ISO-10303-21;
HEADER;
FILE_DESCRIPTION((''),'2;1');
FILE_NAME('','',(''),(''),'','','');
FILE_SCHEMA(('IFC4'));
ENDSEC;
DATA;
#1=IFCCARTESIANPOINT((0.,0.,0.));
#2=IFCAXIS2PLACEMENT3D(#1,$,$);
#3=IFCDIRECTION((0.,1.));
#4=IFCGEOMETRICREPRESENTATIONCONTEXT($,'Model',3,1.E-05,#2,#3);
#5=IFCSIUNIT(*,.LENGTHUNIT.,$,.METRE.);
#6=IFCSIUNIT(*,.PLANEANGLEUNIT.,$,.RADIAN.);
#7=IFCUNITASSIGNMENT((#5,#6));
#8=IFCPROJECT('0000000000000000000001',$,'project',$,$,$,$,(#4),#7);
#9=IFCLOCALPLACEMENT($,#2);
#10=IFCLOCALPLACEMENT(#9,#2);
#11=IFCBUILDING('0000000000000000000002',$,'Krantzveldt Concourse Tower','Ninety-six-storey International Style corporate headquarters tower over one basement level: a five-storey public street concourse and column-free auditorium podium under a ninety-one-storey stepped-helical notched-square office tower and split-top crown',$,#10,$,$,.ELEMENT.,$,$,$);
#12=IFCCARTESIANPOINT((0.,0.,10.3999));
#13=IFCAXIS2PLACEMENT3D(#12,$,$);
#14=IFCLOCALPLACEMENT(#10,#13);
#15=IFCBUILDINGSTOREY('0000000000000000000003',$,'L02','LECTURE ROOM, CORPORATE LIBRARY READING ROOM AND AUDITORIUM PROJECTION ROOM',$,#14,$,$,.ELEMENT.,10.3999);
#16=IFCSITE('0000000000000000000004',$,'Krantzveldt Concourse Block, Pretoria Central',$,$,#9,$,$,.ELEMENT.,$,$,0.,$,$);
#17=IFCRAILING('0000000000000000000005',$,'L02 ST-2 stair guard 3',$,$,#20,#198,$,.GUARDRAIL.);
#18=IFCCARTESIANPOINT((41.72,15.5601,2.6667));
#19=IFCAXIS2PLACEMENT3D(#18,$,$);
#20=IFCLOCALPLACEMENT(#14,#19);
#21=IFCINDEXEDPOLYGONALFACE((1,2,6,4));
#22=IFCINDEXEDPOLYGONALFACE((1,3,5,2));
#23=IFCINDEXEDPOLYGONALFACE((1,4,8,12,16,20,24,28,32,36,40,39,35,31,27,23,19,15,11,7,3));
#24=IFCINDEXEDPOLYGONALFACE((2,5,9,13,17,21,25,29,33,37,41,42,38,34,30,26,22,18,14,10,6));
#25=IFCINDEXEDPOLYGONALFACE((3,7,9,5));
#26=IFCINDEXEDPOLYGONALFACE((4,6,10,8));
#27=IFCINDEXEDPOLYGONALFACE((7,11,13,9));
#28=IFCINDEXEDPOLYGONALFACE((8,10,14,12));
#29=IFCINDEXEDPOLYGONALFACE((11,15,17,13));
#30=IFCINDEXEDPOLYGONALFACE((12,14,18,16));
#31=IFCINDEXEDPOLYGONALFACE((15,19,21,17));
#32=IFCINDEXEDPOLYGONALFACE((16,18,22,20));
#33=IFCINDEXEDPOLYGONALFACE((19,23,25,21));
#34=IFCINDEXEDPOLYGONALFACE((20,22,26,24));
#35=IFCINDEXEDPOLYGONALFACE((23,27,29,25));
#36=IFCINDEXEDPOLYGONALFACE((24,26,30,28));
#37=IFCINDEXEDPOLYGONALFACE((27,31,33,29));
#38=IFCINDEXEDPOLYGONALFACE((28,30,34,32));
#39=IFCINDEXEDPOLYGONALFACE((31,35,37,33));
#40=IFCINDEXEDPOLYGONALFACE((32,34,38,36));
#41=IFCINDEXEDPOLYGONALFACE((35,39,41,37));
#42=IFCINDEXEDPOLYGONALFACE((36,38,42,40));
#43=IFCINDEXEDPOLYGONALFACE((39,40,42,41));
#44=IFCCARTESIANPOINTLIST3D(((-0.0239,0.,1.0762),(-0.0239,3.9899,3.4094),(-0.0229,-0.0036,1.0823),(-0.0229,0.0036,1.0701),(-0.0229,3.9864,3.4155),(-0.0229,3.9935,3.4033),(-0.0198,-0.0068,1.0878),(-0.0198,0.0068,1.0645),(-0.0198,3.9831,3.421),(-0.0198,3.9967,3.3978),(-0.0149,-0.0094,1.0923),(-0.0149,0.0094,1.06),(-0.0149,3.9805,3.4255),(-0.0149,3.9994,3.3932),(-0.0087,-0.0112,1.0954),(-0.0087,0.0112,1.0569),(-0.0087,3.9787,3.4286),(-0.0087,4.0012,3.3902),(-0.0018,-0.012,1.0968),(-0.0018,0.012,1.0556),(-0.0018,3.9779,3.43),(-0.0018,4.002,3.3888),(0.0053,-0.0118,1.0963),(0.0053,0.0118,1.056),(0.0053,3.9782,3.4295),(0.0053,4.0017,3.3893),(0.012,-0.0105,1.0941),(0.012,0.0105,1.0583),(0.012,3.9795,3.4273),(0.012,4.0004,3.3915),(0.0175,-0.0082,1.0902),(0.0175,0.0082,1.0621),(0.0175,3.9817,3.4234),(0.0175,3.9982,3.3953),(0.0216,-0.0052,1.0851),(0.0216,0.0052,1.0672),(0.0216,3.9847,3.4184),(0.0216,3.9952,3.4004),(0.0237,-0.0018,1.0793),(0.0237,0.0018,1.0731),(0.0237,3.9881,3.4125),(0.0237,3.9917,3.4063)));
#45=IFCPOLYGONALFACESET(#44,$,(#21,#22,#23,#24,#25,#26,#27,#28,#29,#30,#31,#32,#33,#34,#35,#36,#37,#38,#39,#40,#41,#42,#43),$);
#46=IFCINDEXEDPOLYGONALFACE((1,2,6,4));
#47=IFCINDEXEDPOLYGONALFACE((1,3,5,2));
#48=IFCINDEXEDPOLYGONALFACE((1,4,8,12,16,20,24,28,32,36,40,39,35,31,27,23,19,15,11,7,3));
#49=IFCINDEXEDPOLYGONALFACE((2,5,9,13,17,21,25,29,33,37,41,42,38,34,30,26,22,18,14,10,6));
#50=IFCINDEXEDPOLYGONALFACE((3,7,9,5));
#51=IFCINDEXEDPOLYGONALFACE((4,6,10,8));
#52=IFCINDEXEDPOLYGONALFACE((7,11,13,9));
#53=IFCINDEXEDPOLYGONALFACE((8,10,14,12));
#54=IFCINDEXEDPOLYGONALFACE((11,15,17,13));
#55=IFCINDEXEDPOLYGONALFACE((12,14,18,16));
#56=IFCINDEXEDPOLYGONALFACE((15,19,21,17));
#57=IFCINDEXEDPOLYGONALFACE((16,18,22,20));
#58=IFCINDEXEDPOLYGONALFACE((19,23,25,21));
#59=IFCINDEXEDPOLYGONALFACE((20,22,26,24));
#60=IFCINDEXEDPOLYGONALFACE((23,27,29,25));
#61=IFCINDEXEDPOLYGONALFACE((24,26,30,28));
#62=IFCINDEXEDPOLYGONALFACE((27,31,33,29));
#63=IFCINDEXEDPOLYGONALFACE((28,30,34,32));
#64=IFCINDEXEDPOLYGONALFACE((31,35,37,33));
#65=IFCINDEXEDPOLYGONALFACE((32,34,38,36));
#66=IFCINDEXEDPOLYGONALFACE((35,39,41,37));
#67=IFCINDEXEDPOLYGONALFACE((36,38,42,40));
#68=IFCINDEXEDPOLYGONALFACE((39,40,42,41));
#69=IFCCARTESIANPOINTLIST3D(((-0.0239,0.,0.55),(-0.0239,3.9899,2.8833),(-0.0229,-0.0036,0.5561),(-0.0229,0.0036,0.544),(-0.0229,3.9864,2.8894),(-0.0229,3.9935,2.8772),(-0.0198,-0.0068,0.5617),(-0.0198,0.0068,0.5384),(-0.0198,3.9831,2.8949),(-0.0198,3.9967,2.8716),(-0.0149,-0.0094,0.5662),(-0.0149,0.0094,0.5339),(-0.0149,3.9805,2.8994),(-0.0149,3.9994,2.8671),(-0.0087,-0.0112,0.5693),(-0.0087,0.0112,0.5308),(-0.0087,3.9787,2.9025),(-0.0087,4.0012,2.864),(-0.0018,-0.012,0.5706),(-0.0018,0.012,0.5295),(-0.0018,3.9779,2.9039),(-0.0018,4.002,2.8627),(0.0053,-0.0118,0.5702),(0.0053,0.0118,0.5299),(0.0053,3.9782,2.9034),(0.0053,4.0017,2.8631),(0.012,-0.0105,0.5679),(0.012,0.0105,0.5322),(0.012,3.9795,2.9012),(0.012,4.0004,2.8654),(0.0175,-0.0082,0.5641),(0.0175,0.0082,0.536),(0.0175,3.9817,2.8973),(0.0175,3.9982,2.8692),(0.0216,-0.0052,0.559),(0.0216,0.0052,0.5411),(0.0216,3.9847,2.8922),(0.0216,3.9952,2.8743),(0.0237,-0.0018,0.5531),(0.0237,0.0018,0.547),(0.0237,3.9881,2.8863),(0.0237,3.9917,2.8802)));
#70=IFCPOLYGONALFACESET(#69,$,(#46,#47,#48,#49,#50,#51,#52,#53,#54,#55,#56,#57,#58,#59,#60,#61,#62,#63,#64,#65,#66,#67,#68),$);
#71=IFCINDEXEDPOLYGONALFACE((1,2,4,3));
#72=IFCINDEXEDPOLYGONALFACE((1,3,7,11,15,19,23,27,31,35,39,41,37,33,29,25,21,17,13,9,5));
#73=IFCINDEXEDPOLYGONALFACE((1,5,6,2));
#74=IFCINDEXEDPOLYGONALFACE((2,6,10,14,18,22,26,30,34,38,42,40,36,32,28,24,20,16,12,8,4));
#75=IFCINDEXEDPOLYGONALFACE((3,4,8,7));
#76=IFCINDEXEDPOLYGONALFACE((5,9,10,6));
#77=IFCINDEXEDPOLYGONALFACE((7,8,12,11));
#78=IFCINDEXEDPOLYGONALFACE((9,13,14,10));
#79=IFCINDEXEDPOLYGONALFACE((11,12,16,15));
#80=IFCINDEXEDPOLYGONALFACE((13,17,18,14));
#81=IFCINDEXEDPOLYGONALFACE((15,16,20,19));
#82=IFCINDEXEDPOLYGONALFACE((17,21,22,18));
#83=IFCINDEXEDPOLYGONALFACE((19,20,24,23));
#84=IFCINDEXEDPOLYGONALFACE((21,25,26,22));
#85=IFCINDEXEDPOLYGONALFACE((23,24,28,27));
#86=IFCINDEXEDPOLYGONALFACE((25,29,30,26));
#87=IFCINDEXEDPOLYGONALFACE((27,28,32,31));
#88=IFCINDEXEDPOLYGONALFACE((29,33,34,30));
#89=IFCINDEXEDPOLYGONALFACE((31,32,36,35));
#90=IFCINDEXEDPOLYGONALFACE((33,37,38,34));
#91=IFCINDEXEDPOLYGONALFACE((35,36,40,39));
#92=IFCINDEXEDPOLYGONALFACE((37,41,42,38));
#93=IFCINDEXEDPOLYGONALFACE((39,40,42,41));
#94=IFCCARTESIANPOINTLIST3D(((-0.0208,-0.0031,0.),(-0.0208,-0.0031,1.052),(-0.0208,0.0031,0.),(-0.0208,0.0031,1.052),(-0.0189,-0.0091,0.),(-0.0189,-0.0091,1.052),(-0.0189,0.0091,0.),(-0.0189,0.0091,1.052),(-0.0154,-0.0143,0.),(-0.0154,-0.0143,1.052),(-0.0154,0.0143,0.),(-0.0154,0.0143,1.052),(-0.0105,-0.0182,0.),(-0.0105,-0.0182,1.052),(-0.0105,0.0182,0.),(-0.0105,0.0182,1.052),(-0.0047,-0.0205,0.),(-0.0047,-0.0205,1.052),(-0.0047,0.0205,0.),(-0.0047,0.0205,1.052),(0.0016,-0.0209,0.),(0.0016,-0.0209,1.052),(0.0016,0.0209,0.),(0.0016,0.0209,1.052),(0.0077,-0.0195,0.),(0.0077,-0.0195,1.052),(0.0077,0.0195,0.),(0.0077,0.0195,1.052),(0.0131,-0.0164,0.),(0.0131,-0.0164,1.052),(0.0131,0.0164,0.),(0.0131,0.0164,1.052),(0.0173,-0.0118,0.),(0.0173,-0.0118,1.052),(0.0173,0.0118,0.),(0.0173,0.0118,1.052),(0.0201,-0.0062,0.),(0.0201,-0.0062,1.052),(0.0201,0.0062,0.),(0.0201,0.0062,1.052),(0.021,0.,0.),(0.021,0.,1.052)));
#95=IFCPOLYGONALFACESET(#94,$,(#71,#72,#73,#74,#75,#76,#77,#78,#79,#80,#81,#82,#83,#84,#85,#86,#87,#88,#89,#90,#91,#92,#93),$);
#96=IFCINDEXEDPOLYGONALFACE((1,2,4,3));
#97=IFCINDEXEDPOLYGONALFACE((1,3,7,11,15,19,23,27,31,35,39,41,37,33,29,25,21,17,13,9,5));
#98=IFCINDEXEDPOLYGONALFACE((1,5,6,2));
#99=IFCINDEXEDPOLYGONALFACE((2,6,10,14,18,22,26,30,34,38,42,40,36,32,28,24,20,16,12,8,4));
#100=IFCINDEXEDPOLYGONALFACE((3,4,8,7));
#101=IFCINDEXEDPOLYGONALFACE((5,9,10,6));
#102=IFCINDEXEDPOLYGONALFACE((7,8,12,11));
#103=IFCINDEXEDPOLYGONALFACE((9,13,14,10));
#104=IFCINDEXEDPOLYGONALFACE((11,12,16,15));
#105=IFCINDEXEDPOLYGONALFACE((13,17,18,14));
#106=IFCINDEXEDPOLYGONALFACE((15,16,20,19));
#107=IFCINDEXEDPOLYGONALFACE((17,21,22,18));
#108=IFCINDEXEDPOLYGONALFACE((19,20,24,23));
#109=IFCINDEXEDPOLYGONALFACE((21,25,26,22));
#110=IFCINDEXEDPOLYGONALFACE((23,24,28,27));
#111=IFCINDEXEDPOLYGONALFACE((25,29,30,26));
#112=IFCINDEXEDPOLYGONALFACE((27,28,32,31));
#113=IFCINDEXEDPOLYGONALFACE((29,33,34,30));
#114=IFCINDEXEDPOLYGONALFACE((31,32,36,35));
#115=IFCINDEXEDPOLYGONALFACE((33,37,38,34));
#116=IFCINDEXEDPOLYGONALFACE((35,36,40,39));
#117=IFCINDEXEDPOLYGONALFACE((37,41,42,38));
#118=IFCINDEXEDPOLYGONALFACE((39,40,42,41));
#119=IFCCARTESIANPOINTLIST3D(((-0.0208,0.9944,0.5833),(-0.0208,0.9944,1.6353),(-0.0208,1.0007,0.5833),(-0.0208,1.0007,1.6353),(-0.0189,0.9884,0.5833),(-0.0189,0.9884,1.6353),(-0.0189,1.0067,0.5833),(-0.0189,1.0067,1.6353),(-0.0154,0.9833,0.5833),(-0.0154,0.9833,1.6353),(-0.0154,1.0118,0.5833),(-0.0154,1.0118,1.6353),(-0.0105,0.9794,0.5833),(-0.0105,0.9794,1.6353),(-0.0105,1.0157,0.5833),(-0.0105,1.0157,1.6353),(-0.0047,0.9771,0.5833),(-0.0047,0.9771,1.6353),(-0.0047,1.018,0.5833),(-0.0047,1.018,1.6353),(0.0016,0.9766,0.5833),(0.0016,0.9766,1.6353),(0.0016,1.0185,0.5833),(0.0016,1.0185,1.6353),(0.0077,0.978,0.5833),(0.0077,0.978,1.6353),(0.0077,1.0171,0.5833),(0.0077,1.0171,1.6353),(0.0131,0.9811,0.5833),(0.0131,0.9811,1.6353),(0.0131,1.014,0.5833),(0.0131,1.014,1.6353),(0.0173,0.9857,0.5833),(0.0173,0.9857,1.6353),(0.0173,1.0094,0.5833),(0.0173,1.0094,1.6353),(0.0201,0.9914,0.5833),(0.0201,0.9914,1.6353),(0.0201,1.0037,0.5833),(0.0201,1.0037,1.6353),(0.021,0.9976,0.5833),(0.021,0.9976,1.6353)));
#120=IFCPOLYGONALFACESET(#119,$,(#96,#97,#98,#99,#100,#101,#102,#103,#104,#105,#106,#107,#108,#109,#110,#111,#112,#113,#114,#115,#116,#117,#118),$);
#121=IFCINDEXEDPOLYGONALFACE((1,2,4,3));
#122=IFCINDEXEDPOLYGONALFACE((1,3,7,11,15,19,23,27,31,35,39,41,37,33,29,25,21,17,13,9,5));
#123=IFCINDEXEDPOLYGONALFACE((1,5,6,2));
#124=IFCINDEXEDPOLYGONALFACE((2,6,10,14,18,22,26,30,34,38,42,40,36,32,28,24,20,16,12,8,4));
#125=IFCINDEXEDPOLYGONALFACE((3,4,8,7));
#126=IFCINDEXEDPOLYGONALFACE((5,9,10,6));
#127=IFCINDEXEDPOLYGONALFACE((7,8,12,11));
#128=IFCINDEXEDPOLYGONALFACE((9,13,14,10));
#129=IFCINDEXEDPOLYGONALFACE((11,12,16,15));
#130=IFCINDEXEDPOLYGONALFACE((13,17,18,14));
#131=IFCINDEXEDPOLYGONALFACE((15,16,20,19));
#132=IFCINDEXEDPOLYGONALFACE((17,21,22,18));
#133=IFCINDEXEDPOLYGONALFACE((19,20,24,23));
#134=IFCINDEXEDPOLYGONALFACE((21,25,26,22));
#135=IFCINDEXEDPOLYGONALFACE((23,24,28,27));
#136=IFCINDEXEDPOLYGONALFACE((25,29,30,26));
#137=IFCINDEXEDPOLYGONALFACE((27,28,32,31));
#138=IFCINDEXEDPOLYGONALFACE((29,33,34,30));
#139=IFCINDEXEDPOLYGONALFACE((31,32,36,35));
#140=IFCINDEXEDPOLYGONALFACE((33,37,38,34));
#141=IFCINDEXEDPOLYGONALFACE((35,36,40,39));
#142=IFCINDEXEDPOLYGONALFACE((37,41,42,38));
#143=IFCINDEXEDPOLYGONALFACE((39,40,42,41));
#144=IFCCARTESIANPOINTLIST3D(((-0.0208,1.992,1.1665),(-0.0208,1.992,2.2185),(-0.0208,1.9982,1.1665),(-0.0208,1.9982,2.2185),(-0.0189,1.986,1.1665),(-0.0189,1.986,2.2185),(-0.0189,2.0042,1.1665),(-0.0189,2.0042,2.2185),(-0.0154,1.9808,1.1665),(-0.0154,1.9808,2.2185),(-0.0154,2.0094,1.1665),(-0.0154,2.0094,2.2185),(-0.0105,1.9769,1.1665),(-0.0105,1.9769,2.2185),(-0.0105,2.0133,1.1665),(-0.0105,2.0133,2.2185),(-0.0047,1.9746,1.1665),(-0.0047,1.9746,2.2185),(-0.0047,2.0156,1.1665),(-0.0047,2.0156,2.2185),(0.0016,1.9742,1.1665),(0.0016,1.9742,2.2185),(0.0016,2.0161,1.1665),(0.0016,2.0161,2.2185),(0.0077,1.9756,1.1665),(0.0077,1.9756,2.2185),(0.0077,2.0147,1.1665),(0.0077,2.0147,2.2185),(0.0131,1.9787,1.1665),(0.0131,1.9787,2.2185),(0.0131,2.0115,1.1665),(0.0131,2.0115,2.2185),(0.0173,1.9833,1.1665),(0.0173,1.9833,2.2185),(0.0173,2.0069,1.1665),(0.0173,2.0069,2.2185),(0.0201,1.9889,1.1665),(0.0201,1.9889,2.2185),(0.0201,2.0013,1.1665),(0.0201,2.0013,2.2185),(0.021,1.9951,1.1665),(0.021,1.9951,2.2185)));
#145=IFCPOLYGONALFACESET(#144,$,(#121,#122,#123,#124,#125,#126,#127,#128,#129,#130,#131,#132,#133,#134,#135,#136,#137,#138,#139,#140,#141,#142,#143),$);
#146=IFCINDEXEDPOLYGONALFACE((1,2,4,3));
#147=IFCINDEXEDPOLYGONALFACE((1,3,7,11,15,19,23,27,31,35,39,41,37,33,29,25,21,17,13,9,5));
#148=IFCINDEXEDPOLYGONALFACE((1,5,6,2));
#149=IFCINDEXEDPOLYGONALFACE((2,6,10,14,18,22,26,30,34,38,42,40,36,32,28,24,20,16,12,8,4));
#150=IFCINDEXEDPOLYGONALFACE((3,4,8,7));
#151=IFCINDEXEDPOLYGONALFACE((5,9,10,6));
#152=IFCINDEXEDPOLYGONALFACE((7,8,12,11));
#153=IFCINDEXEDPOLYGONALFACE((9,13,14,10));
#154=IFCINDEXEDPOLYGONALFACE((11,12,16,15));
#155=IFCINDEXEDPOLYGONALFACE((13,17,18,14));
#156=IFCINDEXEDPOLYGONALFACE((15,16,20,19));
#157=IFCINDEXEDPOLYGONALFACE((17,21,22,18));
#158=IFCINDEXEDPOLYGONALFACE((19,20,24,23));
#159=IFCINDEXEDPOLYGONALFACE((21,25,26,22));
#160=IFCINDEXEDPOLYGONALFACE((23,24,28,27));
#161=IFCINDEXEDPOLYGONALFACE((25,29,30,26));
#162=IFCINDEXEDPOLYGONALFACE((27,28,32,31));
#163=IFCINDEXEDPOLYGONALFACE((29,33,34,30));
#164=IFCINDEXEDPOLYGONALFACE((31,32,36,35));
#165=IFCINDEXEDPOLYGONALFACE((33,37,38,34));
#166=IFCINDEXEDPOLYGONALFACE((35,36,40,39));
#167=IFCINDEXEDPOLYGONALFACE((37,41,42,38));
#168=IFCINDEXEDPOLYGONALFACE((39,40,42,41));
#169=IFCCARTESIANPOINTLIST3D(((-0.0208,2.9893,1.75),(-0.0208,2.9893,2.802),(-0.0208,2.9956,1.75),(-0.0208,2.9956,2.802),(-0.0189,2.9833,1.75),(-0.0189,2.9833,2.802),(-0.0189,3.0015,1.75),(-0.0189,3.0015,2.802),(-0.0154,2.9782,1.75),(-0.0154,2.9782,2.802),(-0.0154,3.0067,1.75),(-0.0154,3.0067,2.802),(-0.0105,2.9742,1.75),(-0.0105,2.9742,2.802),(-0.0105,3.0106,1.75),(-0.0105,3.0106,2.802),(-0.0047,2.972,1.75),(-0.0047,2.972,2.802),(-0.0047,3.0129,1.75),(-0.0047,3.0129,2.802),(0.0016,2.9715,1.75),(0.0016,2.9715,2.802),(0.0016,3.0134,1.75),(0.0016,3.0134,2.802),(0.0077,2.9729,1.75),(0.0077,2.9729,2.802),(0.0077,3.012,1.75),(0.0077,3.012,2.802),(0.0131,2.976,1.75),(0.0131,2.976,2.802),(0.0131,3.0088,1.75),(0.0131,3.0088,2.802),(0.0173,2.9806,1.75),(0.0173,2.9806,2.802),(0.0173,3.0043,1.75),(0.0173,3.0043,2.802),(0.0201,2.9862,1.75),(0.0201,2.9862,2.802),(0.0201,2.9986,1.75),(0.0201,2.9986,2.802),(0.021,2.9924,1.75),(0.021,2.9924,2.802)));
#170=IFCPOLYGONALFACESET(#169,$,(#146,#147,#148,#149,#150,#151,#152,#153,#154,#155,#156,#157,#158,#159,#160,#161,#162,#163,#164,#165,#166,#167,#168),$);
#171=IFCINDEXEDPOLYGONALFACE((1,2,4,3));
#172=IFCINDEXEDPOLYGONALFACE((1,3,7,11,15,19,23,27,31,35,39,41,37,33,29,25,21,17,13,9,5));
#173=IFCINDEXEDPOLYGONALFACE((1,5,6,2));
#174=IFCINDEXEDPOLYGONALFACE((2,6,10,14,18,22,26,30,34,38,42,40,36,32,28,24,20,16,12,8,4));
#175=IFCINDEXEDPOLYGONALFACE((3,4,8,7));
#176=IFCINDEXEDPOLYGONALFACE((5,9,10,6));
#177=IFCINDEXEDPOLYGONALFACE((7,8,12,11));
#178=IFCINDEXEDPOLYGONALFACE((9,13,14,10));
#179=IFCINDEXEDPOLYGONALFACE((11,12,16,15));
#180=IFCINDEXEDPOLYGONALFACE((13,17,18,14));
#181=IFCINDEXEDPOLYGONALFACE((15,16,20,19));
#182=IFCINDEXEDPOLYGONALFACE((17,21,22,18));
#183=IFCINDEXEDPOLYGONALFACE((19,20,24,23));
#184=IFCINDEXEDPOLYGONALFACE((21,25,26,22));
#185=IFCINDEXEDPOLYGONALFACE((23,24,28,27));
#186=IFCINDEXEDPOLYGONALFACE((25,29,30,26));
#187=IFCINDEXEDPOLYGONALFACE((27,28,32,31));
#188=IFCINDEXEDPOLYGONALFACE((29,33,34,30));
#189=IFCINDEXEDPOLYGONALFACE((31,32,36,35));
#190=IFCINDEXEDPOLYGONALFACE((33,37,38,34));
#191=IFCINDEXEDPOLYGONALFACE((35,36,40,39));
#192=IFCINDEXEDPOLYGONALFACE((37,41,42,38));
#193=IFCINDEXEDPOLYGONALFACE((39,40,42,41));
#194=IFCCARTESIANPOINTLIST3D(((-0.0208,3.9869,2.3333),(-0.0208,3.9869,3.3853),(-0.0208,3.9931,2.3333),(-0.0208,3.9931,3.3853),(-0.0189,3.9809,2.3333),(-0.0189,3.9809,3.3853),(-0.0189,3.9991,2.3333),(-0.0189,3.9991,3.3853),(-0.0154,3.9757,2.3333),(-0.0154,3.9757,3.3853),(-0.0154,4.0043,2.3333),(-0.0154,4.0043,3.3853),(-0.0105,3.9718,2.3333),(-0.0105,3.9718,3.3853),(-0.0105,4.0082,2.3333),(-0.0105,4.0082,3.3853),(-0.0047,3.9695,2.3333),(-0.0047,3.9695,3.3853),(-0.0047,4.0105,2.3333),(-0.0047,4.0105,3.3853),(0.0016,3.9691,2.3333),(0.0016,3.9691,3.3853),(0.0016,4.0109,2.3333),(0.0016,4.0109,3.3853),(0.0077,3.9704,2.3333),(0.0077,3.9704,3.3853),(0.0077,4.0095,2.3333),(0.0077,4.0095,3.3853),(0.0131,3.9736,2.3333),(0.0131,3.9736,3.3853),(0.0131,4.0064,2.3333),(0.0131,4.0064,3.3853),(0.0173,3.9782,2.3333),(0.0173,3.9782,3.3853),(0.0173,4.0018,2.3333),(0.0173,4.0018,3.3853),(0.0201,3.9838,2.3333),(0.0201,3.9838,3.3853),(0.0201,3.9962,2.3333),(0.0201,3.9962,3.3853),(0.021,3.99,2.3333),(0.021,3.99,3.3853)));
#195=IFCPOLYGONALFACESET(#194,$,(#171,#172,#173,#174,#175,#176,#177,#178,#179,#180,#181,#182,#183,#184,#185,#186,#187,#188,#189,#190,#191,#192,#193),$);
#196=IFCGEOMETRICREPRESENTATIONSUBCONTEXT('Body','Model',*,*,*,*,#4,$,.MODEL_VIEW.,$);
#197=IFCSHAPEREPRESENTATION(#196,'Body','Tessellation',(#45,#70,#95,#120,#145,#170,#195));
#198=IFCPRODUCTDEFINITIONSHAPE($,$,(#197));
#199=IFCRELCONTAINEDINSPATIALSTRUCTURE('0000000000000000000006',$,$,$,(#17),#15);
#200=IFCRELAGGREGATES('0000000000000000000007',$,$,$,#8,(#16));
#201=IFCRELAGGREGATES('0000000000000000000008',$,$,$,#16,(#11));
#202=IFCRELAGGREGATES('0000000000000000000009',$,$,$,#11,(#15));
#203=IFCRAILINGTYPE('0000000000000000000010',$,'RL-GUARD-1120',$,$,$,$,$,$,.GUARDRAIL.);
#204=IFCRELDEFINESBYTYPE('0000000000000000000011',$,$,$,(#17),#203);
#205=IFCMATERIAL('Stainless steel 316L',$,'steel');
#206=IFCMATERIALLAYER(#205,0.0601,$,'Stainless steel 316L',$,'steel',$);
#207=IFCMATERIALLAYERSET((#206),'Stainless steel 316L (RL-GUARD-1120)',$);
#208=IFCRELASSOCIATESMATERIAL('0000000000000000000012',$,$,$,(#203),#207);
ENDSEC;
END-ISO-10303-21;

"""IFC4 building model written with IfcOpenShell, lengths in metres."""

from ifc_helpers import new_model, si_unit, direction, frame, origin, origin_2d, place, context, subcontext, project, spatial, circle, extrude, material, layer, layer_set, type_object, element, save


model = new_model("IFC4")

# Units and contexts
model_context = context("Model", 3, precision=1e-05, world=origin(), true_north=direction((0.0, 1.0)))
body_context = subcontext(model_context, "Body", "Model", "MODEL_VIEW")
ifc_project = project(units=[si_unit("LENGTHUNIT", "METRE"), si_unit("PLANEANGLEUNIT", "RADIAN")], contexts=[model_context])

# Site, building, storey
site_placement = place(None, origin())
site = spatial("IfcSite", under=ifc_project, at=site_placement, Name="Krantzveldt Concourse Block, Pretoria Central", CompositionType="ELEMENT", RefElevation=0.0)
building_placement = place(site_placement, origin())
building = spatial("IfcBuilding", under=site, at=building_placement, Name="Krantzveldt Concourse Tower", Description="Ninety-six-storey International Style corporate headquarters tower over one basement level: a five-storey public street concourse and column-free auditorium podium under a ninety-one-storey stepped-helical notched-square office tower and split-top crown", CompositionType="ELEMENT")
storey_placement = place(building_placement, frame((0.0, 0.0, 10.3999)))
storey = spatial("IfcBuildingStorey", under=building, at=storey_placement, Name="L02", Description="LECTURE ROOM, CORPORATE LIBRARY READING ROOM AND AUDITORIUM PROJECTION ROOM", CompositionType="ELEMENT", Elevation=10.3999)

# Shared definitions
ifc_material_1 = material(Name="Stainless steel 316L", Category="steel")

# Railing
ifc_layer_1 = layer(ifc_material_1, 0.0601, Name="Stainless steel 316L", Category="steel")
ifc_layer_set_1 = layer_set([ifc_layer_1], Name="Stainless steel 316L (RL-GUARD-1120)")
railing_type_1 = type_object("IfcRailingType", Name="RL-GUARD-1120", PredefinedType="GUARDRAIL", material=ifc_layer_set_1)
railing_1_placement = place(storey_placement, frame((41.72, 15.5601, 2.6667)))
element("IfcRailing", 1, at=railing_1_placement, inside=storey, type_object=railing_type_1, Name="L02 ST-2 stair guard 3", PredefinedType="GUARDRAIL", context=body_context, shape_type="SweptSolid", body=[
    extrude(circle(Radius=0.0239, at=origin_2d()), frame((0.0, 0.0, 1.0762), z_axis=(0.0, 0.863236, 0.5048), x_axis=(-1.0, 0.0, 0.0)), (0.0, 0.0, 1.0), 4.6221),
    extrude(circle(Radius=0.0239, at=origin_2d()), frame((0.0, 0.0, 0.55), z_axis=(0.0, 0.863236, 0.5048), x_axis=(-1.0, 0.0, 0.0)), (0.0, 0.0, 1.0), 4.6221),
    extrude(circle(Radius=0.021, at=origin_2d()), origin(), (0.0, 0.0, 1.0), 1.052),
    extrude(circle(Radius=0.021, at=origin_2d()), frame((0.0, 0.9976, 0.5833)), (0.0, 0.0, 1.0), 1.052),
    extrude(circle(Radius=0.021, at=origin_2d()), frame((0.0, 1.9951, 1.1665)), (0.0, 0.0, 1.0), 1.052),
    extrude(circle(Radius=0.021, at=origin_2d()), frame((0.0, 2.9924, 1.75)), (0.0, 0.0, 1.0), 1.052),
    extrude(circle(Radius=0.021, at=origin_2d()), frame((0.0, 3.99, 2.3333)), (0.0, 0.0, 1.0), 1.052),
])

save(model, "model.ifc")
